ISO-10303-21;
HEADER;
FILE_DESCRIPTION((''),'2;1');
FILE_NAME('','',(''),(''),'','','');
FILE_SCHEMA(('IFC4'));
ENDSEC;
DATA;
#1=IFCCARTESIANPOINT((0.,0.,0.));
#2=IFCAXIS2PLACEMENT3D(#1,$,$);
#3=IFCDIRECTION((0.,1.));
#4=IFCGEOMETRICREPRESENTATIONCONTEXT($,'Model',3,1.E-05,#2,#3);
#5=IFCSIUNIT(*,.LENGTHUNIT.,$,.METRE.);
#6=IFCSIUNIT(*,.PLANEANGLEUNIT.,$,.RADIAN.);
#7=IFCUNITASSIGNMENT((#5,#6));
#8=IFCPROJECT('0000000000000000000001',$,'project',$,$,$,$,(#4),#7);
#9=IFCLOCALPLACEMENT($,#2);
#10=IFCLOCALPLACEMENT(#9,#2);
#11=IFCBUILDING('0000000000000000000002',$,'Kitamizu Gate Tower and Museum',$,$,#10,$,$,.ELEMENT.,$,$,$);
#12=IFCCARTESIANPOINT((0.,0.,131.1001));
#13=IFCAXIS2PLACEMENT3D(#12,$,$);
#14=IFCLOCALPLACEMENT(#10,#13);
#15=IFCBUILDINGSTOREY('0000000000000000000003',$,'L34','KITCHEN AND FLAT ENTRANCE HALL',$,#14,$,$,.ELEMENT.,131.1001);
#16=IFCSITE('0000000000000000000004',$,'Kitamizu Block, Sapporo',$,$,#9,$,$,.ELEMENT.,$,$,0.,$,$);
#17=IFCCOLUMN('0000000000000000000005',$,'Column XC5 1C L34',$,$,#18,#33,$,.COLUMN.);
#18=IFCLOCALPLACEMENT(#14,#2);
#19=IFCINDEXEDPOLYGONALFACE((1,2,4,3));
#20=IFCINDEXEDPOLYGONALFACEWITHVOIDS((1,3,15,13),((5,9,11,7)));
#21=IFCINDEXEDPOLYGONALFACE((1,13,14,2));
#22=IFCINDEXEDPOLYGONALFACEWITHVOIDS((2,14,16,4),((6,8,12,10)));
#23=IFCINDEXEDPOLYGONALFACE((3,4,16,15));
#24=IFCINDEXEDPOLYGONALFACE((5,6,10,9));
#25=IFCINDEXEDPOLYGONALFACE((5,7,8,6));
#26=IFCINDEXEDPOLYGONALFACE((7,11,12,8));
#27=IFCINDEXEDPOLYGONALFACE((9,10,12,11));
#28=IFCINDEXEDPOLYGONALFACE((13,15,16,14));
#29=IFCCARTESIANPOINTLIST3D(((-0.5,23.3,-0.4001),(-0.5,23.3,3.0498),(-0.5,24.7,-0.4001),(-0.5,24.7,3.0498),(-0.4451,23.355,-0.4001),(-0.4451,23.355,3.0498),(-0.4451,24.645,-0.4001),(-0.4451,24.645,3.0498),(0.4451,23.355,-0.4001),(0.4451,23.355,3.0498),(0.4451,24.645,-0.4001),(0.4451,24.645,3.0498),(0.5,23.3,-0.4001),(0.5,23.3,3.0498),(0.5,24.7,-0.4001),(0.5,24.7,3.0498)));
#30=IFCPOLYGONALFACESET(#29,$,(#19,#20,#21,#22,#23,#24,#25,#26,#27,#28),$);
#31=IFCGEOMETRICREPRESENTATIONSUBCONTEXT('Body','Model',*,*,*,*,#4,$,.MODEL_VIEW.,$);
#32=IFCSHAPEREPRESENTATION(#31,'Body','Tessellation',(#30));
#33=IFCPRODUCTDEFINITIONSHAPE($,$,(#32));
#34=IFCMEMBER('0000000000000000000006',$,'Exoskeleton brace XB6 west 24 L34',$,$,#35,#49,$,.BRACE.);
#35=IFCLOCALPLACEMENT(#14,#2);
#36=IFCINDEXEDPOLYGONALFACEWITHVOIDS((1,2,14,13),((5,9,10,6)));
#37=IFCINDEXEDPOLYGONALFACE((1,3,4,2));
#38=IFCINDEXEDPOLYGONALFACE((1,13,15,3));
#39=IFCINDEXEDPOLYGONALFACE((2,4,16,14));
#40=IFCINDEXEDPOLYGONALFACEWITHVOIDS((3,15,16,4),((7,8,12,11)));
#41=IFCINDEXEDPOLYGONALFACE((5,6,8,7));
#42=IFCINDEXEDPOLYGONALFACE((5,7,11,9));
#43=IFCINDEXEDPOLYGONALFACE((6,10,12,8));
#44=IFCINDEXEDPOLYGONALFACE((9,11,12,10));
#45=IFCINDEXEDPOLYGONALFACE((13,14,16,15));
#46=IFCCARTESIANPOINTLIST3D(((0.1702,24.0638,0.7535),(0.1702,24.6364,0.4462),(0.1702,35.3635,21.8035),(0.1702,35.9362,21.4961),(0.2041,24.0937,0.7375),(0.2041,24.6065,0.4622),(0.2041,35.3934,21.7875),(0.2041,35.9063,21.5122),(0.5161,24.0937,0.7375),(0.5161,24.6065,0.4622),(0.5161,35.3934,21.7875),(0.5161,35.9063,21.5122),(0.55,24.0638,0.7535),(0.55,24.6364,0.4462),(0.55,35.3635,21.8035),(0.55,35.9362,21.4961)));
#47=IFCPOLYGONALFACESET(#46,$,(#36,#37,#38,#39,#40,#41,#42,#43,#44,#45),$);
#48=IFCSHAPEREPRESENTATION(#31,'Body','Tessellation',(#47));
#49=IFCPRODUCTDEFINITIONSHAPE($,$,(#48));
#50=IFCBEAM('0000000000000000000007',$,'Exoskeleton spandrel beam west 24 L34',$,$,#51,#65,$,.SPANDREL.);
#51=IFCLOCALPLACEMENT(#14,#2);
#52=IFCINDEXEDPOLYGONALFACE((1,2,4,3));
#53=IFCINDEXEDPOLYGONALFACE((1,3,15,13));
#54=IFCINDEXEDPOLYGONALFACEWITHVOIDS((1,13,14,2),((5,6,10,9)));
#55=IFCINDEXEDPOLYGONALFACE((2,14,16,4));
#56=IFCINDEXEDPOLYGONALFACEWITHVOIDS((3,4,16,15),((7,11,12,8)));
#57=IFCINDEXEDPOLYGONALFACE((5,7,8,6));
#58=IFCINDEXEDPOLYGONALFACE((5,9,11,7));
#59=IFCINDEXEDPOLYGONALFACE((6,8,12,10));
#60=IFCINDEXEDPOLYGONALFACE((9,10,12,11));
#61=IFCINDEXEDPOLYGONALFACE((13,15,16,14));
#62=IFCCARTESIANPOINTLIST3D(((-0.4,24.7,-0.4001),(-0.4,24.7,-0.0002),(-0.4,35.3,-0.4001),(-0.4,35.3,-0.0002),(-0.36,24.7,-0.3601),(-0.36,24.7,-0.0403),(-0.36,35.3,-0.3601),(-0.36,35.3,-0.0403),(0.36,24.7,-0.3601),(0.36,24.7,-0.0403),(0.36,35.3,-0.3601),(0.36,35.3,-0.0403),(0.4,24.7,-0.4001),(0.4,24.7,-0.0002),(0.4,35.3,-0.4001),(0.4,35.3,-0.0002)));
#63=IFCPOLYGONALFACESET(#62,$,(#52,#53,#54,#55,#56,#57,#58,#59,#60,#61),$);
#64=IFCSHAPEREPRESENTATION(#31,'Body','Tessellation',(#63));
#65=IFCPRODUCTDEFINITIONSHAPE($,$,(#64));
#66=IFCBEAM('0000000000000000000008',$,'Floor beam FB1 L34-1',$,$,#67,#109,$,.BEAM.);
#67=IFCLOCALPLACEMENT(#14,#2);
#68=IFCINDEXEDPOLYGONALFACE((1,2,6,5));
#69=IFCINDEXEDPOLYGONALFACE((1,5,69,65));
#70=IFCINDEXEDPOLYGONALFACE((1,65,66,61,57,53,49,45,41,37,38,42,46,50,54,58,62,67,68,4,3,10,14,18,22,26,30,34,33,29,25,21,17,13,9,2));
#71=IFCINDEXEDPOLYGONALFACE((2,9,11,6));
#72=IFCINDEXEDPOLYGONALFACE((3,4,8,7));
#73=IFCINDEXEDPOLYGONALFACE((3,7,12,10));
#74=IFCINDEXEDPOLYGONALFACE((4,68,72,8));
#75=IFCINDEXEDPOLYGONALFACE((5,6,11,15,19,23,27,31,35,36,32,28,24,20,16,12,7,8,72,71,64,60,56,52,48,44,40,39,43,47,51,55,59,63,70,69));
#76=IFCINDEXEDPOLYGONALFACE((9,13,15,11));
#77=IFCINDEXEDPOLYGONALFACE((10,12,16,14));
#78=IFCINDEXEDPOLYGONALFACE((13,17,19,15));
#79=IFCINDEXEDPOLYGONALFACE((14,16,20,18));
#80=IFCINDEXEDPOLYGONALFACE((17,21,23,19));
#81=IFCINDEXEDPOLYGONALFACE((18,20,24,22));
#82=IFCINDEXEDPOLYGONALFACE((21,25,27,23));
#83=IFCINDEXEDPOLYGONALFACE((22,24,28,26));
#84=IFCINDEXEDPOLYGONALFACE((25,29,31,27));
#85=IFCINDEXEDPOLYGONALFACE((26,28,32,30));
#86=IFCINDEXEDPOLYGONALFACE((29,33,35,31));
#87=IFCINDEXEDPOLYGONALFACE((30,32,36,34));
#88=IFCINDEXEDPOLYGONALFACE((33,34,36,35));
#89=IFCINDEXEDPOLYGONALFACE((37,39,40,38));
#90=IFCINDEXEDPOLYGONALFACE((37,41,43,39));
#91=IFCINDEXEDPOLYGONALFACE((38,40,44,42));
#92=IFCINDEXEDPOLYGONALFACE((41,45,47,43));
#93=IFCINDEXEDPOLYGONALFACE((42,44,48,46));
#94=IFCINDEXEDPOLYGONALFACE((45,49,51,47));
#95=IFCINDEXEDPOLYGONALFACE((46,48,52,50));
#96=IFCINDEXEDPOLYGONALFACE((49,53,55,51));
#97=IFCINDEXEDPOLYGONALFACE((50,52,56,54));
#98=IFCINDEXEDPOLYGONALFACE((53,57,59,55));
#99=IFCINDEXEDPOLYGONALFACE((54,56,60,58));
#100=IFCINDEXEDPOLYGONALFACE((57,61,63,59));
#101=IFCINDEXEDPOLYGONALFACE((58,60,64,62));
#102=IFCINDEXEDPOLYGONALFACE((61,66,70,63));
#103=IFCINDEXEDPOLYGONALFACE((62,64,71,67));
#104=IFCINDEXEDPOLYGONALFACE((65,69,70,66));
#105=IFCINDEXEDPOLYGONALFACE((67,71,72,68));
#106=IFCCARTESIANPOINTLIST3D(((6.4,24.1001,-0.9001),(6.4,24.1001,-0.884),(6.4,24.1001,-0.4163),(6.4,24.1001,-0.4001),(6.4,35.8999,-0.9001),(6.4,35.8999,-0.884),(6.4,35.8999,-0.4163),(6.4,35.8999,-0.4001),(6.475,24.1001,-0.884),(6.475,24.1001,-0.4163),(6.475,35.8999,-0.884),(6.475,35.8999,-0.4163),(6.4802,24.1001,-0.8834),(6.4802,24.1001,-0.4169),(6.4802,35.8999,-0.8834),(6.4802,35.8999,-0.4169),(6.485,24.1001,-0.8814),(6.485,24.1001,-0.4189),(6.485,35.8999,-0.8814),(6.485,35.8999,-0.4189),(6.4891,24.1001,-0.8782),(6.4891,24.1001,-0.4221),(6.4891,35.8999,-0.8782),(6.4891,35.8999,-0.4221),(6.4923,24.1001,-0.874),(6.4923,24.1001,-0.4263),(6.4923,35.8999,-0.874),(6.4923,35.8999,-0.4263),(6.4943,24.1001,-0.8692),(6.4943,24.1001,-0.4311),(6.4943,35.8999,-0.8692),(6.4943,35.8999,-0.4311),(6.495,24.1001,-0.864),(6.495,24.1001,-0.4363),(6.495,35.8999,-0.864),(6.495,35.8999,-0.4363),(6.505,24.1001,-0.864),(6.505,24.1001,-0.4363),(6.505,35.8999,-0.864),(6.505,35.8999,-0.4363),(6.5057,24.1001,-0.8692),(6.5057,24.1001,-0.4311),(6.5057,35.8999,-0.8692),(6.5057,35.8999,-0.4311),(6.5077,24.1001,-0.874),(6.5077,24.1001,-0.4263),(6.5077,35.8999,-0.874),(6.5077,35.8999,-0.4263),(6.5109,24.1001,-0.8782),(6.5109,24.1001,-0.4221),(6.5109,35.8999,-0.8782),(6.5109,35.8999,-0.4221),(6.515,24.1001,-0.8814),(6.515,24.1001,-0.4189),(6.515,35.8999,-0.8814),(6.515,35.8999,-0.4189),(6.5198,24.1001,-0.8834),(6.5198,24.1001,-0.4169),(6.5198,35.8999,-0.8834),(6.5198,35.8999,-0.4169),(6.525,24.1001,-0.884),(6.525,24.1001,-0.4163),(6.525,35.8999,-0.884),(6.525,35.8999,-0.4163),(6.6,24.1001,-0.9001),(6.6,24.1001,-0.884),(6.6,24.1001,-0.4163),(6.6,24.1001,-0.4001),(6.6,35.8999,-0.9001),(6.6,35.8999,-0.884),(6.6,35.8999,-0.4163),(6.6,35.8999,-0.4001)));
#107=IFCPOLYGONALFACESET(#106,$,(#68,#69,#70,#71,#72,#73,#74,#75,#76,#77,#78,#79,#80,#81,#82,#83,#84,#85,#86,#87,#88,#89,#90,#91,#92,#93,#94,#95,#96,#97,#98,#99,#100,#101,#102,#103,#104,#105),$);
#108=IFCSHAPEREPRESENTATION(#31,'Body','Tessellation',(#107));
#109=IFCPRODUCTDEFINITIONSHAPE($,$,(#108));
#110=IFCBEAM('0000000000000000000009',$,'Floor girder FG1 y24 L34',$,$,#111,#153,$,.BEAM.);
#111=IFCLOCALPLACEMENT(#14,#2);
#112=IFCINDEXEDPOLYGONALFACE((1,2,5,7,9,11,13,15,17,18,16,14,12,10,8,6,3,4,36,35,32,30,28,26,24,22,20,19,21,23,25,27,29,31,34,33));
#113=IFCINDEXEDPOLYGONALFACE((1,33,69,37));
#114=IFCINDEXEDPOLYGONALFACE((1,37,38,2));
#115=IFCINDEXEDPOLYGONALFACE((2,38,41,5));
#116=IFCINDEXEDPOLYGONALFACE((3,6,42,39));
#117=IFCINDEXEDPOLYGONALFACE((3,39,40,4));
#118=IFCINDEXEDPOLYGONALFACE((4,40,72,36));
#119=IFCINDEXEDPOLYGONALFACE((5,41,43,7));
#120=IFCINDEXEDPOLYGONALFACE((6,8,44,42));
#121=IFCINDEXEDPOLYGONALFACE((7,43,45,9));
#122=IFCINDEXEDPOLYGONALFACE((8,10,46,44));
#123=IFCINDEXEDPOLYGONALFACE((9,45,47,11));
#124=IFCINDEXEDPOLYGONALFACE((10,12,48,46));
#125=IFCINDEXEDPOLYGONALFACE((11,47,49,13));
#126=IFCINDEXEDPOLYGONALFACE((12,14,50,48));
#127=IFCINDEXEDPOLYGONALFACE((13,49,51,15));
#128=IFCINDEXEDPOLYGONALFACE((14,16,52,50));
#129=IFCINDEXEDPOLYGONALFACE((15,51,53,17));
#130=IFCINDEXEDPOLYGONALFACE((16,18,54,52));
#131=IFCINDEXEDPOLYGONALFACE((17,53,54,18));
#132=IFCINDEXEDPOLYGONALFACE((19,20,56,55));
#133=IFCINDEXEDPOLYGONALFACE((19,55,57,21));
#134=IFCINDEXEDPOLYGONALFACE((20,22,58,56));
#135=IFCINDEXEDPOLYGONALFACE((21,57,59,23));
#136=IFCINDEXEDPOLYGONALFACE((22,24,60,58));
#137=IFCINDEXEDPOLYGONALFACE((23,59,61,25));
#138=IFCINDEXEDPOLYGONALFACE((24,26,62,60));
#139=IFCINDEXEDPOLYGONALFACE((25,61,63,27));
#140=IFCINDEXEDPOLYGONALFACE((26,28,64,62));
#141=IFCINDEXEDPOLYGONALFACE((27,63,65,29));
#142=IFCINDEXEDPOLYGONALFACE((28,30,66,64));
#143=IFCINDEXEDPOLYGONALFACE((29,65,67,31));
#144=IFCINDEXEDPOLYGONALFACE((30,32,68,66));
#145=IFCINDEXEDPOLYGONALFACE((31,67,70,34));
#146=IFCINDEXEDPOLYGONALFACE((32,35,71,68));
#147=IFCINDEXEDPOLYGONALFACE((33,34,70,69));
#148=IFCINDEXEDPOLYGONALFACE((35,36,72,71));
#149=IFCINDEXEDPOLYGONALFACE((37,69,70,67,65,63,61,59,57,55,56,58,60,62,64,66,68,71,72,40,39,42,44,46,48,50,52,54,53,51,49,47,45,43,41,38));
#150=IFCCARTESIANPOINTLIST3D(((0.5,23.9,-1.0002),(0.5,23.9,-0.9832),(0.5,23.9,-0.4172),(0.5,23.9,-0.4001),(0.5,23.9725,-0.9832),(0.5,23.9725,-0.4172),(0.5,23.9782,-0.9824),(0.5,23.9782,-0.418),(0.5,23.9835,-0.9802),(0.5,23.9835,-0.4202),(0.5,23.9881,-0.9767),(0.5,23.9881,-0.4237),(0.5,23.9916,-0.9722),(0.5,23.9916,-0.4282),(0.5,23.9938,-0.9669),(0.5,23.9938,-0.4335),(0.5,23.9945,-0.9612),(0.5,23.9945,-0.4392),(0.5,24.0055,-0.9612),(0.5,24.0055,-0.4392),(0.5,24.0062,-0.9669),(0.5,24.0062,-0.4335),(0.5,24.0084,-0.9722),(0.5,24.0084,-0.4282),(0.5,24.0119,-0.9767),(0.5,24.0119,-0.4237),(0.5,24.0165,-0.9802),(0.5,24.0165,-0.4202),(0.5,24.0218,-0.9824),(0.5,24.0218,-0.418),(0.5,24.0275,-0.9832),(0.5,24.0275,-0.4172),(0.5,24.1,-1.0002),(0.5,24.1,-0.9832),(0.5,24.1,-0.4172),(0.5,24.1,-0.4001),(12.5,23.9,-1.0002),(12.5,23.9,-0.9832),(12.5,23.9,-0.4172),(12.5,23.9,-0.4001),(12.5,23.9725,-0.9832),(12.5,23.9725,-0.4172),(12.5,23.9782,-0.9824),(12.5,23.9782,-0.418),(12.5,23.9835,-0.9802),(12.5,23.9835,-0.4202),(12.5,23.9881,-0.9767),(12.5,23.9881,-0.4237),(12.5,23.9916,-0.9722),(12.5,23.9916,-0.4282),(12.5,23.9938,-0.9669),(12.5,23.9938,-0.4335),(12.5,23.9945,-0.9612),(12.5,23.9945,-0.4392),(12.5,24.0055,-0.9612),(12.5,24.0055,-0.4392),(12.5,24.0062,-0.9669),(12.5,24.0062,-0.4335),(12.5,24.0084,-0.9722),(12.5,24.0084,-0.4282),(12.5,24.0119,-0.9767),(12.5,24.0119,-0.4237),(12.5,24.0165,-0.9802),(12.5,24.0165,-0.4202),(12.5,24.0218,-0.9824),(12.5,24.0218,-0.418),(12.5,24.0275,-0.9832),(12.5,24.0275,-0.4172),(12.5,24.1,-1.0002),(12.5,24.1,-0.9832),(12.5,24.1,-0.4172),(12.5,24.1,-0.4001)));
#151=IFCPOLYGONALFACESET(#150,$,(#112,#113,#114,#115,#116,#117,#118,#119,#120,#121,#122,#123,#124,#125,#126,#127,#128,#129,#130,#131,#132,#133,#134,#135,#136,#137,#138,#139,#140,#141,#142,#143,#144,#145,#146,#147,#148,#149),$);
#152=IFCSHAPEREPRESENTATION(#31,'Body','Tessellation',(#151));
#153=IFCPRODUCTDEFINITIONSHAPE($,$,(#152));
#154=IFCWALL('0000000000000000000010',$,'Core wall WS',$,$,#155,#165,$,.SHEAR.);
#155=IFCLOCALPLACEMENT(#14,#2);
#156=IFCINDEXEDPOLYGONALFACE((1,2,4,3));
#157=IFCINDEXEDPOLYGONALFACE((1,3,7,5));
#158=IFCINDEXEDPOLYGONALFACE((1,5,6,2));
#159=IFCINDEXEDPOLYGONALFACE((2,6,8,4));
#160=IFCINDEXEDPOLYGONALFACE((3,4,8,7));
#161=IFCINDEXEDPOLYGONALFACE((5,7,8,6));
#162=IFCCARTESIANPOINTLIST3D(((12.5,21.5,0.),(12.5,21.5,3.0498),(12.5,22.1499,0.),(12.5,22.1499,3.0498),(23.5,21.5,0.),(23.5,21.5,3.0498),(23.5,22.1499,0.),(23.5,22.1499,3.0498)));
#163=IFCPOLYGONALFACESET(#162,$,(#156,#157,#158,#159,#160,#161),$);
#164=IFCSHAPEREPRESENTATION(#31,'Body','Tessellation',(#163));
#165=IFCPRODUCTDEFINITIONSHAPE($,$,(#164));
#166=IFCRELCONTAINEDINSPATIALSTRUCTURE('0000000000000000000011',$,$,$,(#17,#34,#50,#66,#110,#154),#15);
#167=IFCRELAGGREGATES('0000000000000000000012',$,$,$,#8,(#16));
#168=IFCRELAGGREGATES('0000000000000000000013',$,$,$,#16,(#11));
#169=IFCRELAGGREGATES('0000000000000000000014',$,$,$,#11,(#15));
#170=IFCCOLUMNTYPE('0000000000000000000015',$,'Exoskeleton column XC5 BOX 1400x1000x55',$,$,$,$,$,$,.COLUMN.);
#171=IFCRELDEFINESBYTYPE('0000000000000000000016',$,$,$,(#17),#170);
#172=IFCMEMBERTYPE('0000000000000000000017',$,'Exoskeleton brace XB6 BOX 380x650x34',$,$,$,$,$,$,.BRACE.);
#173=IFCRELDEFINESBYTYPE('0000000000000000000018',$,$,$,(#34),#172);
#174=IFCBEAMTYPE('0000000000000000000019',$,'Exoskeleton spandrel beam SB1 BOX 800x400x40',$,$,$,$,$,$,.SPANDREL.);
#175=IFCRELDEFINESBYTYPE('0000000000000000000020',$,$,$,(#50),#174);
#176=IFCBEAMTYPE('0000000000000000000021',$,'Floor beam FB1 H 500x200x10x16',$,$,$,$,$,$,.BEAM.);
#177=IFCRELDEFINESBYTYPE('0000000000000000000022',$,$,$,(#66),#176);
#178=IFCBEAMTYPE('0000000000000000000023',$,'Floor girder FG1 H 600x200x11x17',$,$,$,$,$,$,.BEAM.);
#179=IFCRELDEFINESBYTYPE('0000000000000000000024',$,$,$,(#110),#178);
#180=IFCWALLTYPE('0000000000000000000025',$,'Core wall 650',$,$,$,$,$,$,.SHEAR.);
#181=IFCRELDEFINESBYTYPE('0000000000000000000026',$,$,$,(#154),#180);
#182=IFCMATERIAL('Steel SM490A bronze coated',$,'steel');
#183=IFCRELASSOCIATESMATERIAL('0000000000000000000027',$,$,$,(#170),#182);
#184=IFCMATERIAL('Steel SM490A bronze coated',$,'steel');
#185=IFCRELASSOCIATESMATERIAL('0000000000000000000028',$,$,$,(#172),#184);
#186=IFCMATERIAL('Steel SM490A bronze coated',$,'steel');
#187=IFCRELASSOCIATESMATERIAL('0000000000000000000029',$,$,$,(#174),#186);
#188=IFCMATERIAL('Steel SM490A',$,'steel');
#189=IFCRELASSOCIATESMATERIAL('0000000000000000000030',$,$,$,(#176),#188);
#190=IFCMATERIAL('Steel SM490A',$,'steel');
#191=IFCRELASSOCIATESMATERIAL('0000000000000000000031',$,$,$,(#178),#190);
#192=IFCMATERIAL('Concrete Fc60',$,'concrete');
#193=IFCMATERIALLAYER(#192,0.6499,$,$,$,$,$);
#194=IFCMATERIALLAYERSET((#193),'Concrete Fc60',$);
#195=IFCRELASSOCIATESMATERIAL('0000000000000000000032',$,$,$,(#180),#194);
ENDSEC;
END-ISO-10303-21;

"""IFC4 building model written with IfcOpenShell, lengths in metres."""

from ifc_helpers import new_model, si_unit, direction, frame, frame_2d, origin, origin_2d, place, context, subcontext, project, spatial, rectangle, hollow_rectangle, i_section, extrude, material, layer, layer_set, material_profile, profile_set, type_object, element, save


model = new_model("IFC4")

# Units and contexts
model_context = context("Model", 3, precision=1e-05, world=origin(), true_north=direction((0.0, 1.0)))
body_context = subcontext(model_context, "Body", "Model", "MODEL_VIEW")
ifc_project = project(units=[si_unit("LENGTHUNIT", "METRE"), si_unit("PLANEANGLEUNIT", "RADIAN")], contexts=[model_context])

# Site, building, storey
site_placement = place(None, origin())
site = spatial("IfcSite", under=ifc_project, at=site_placement, Name="Kitamizu Block, Sapporo", CompositionType="ELEMENT", RefElevation=0.0)
building_placement = place(site_placement, origin())
building = spatial("IfcBuilding", under=site, at=building_placement, Name="Kitamizu Gate Tower and Museum", CompositionType="ELEMENT")
storey_placement = place(building_placement, frame((0.0, 0.0, 131.1001)))
storey = spatial("IfcBuildingStorey", under=building, at=storey_placement, Name="L34", Description="KITCHEN AND FLAT ENTRANCE HALL", CompositionType="ELEMENT", Elevation=131.1001)

# Column
ifc_material_1 = material(Name="Steel SM490A bronze coated", Category="steel")
ifc_material_profile_1 = material_profile(ifc_material_1, hollow_rectangle(XDim=1.3999, YDim=1.0, WallThickness=0.0549, at=origin_2d()), Name="BOX 1400x1000x55")
ifc_profile_set_1 = profile_set([ifc_material_profile_1], Name="Steel SM490A bronze coated")
column_type = type_object("IfcColumnType", Name="Exoskeleton column XC5 BOX 1400x1000x55", PredefinedType="COLUMN", material=ifc_profile_set_1)
column_placement = place(storey_placement, frame((0.0, 24.0, -0.4001), z_axis=(0.0, 0.0, 1.0), x_axis=(0.0, 1.0, 0.0)))
element("IfcColumn", 1, at=column_placement, inside=storey, type_object=column_type, Name="Column XC5 1C L34", PredefinedType="COLUMN", context=body_context, shape_type="SweptSolid", body=[
    extrude(hollow_rectangle(XDim=1.3999, YDim=1.0, WallThickness=0.0549, at=origin_2d()), origin(), (0.0, 0.0, 1.0), 3.45),
])

# Member
ifc_material_2 = material(Name="Steel SM490A bronze coated", Category="steel")
ifc_material_profile_2 = material_profile(ifc_material_2, hollow_rectangle(XDim=0.3799, YDim=0.6499, WallThickness=0.0339, at=origin_2d()), Name="BOX 380x650x34")
ifc_profile_set_2 = profile_set([ifc_material_profile_2], Name="Steel SM490A bronze coated")
member_type = type_object("IfcMemberType", Name="Exoskeleton brace XB6 BOX 380x650x34", PredefinedType="BRACE", material=ifc_profile_set_2)
member_placement = place(storey_placement, frame((0.3601, 24.3501, 0.5999), z_axis=(0.0, 0.472969, 0.881079), x_axis=(-1.0, 0.0, 0.0)))
element("IfcMember", 2, at=member_placement, inside=storey, type_object=member_type, Name="Exoskeleton brace XB6 west 24 L34", PredefinedType="BRACE", context=body_context, shape_type="SweptSolid", body=[
    extrude(hollow_rectangle(XDim=0.3799, YDim=0.6499, WallThickness=0.0339, at=origin_2d()), origin(), (0.0, 0.0, 1.0), 23.8911),
])

# Beams
ifc_material_3 = material(Name="Steel SM490A bronze coated", Category="steel")
ifc_material_profile_3 = material_profile(ifc_material_3, hollow_rectangle(XDim=0.8, YDim=0.3999, WallThickness=0.04, at=origin_2d()), Name="BOX 800x400x40")
ifc_profile_set_3 = profile_set([ifc_material_profile_3], Name="Steel SM490A bronze coated")
beam_type_1 = type_object("IfcBeamType", Name="Exoskeleton spandrel beam SB1 BOX 800x400x40", PredefinedType="SPANDREL", material=ifc_profile_set_3)
beam_1_placement = place(storey_placement, frame((0.0, 24.7, -0.2002), z_axis=(0.0, 1.0, 0.0), x_axis=(-1.0, 0.0, 0.0)))
element("IfcBeam", 3, at=beam_1_placement, inside=storey, type_object=beam_type_1, Name="Exoskeleton spandrel beam west 24 L34", PredefinedType="SPANDREL", context=body_context, shape_type="SweptSolid", body=[
    extrude(hollow_rectangle(XDim=0.8, YDim=0.3999, WallThickness=0.04, at=origin_2d()), origin(), (0.0, 0.0, 1.0), 10.6001),
])
ifc_material_4 = material(Name="Steel SM490A", Category="steel")
ifc_material_profile_4 = material_profile(ifc_material_4, i_section(OverallWidth=0.2, OverallDepth=0.5, WebThickness=0.01, FlangeThickness=0.0161, FilletRadius=0.02, at=origin_2d()), Name="H-500x200x10x16")
ifc_profile_set_4 = profile_set([ifc_material_profile_4], Name="Steel SM490A")
beam_type_2 = type_object("IfcBeamType", Name="Floor beam FB1 H 500x200x10x16", PredefinedType="BEAM", material=ifc_profile_set_4)
beam_2_placement = place(storey_placement, frame((6.5, 24.1001, -0.6501), z_axis=(0.0, 1.0, 0.0), x_axis=(-1.0, 0.0, 0.0)))
element("IfcBeam", 4, at=beam_2_placement, inside=storey, type_object=beam_type_2, Name="Floor beam FB1 L34-1", PredefinedType="BEAM", context=body_context, shape_type="SweptSolid", body=[
    extrude(i_section(OverallWidth=0.2, OverallDepth=0.5, WebThickness=0.01, FlangeThickness=0.0161, FilletRadius=0.02, at=origin_2d()), origin(), (0.0, 0.0, 1.0), 11.7998),
])
ifc_material_5 = material(Name="Steel SM490A", Category="steel")
ifc_material_profile_5 = material_profile(ifc_material_5, i_section(OverallWidth=0.2, OverallDepth=0.6001, WebThickness=0.011, FlangeThickness=0.0171, FilletRadius=0.022, at=origin_2d()), Name="H-600x200x11x17")
ifc_profile_set_5 = profile_set([ifc_material_profile_5], Name="Steel SM490A")
beam_type_3 = type_object("IfcBeamType", Name="Floor girder FG1 H 600x200x11x17", PredefinedType="BEAM", material=ifc_profile_set_5)
beam_3_placement = place(storey_placement, frame((0.5, 24.0, -0.7002), z_axis=(1.0, 0.0, 0.0), x_axis=(0.0, 1.0, 0.0)))
element("IfcBeam", 5, at=beam_3_placement, inside=storey, type_object=beam_type_3, Name="Floor girder FG1 y24 L34", PredefinedType="BEAM", context=body_context, shape_type="SweptSolid", body=[
    extrude(i_section(OverallWidth=0.2, OverallDepth=0.6001, WebThickness=0.011, FlangeThickness=0.0171, FilletRadius=0.022, at=origin_2d()), origin(), (0.0, 0.0, 1.0), 12.0),
])

# Wall
ifc_material_6 = material(Name="Concrete Fc60", Category="concrete")
ifc_layer_1 = layer(ifc_material_6, 0.6499)
ifc_layer_set_1 = layer_set([ifc_layer_1], Name="Concrete Fc60")
wall_type_1 = type_object("IfcWallType", Name="Core wall 650", PredefinedType="SHEAR", material=ifc_layer_set_1)
wall_1_placement = place(storey_placement, frame((12.5, 21.825, 0.0), z_axis=(0.0, 0.0, 1.0), x_axis=(1.0, 0.0, 0.0)))
element("IfcWall", 6, at=wall_1_placement, inside=storey, type_object=wall_type_1, Name="Core wall WS", PredefinedType="SHEAR", context=body_context, shape_type="SweptSolid", body=[
    extrude(rectangle(XDim=11.0, YDim=0.6499, at=frame_2d((5.5, 0.0))), origin(), (0.0, 0.0, 1.0), 3.0498),
])

save(model, "model.ifc")
